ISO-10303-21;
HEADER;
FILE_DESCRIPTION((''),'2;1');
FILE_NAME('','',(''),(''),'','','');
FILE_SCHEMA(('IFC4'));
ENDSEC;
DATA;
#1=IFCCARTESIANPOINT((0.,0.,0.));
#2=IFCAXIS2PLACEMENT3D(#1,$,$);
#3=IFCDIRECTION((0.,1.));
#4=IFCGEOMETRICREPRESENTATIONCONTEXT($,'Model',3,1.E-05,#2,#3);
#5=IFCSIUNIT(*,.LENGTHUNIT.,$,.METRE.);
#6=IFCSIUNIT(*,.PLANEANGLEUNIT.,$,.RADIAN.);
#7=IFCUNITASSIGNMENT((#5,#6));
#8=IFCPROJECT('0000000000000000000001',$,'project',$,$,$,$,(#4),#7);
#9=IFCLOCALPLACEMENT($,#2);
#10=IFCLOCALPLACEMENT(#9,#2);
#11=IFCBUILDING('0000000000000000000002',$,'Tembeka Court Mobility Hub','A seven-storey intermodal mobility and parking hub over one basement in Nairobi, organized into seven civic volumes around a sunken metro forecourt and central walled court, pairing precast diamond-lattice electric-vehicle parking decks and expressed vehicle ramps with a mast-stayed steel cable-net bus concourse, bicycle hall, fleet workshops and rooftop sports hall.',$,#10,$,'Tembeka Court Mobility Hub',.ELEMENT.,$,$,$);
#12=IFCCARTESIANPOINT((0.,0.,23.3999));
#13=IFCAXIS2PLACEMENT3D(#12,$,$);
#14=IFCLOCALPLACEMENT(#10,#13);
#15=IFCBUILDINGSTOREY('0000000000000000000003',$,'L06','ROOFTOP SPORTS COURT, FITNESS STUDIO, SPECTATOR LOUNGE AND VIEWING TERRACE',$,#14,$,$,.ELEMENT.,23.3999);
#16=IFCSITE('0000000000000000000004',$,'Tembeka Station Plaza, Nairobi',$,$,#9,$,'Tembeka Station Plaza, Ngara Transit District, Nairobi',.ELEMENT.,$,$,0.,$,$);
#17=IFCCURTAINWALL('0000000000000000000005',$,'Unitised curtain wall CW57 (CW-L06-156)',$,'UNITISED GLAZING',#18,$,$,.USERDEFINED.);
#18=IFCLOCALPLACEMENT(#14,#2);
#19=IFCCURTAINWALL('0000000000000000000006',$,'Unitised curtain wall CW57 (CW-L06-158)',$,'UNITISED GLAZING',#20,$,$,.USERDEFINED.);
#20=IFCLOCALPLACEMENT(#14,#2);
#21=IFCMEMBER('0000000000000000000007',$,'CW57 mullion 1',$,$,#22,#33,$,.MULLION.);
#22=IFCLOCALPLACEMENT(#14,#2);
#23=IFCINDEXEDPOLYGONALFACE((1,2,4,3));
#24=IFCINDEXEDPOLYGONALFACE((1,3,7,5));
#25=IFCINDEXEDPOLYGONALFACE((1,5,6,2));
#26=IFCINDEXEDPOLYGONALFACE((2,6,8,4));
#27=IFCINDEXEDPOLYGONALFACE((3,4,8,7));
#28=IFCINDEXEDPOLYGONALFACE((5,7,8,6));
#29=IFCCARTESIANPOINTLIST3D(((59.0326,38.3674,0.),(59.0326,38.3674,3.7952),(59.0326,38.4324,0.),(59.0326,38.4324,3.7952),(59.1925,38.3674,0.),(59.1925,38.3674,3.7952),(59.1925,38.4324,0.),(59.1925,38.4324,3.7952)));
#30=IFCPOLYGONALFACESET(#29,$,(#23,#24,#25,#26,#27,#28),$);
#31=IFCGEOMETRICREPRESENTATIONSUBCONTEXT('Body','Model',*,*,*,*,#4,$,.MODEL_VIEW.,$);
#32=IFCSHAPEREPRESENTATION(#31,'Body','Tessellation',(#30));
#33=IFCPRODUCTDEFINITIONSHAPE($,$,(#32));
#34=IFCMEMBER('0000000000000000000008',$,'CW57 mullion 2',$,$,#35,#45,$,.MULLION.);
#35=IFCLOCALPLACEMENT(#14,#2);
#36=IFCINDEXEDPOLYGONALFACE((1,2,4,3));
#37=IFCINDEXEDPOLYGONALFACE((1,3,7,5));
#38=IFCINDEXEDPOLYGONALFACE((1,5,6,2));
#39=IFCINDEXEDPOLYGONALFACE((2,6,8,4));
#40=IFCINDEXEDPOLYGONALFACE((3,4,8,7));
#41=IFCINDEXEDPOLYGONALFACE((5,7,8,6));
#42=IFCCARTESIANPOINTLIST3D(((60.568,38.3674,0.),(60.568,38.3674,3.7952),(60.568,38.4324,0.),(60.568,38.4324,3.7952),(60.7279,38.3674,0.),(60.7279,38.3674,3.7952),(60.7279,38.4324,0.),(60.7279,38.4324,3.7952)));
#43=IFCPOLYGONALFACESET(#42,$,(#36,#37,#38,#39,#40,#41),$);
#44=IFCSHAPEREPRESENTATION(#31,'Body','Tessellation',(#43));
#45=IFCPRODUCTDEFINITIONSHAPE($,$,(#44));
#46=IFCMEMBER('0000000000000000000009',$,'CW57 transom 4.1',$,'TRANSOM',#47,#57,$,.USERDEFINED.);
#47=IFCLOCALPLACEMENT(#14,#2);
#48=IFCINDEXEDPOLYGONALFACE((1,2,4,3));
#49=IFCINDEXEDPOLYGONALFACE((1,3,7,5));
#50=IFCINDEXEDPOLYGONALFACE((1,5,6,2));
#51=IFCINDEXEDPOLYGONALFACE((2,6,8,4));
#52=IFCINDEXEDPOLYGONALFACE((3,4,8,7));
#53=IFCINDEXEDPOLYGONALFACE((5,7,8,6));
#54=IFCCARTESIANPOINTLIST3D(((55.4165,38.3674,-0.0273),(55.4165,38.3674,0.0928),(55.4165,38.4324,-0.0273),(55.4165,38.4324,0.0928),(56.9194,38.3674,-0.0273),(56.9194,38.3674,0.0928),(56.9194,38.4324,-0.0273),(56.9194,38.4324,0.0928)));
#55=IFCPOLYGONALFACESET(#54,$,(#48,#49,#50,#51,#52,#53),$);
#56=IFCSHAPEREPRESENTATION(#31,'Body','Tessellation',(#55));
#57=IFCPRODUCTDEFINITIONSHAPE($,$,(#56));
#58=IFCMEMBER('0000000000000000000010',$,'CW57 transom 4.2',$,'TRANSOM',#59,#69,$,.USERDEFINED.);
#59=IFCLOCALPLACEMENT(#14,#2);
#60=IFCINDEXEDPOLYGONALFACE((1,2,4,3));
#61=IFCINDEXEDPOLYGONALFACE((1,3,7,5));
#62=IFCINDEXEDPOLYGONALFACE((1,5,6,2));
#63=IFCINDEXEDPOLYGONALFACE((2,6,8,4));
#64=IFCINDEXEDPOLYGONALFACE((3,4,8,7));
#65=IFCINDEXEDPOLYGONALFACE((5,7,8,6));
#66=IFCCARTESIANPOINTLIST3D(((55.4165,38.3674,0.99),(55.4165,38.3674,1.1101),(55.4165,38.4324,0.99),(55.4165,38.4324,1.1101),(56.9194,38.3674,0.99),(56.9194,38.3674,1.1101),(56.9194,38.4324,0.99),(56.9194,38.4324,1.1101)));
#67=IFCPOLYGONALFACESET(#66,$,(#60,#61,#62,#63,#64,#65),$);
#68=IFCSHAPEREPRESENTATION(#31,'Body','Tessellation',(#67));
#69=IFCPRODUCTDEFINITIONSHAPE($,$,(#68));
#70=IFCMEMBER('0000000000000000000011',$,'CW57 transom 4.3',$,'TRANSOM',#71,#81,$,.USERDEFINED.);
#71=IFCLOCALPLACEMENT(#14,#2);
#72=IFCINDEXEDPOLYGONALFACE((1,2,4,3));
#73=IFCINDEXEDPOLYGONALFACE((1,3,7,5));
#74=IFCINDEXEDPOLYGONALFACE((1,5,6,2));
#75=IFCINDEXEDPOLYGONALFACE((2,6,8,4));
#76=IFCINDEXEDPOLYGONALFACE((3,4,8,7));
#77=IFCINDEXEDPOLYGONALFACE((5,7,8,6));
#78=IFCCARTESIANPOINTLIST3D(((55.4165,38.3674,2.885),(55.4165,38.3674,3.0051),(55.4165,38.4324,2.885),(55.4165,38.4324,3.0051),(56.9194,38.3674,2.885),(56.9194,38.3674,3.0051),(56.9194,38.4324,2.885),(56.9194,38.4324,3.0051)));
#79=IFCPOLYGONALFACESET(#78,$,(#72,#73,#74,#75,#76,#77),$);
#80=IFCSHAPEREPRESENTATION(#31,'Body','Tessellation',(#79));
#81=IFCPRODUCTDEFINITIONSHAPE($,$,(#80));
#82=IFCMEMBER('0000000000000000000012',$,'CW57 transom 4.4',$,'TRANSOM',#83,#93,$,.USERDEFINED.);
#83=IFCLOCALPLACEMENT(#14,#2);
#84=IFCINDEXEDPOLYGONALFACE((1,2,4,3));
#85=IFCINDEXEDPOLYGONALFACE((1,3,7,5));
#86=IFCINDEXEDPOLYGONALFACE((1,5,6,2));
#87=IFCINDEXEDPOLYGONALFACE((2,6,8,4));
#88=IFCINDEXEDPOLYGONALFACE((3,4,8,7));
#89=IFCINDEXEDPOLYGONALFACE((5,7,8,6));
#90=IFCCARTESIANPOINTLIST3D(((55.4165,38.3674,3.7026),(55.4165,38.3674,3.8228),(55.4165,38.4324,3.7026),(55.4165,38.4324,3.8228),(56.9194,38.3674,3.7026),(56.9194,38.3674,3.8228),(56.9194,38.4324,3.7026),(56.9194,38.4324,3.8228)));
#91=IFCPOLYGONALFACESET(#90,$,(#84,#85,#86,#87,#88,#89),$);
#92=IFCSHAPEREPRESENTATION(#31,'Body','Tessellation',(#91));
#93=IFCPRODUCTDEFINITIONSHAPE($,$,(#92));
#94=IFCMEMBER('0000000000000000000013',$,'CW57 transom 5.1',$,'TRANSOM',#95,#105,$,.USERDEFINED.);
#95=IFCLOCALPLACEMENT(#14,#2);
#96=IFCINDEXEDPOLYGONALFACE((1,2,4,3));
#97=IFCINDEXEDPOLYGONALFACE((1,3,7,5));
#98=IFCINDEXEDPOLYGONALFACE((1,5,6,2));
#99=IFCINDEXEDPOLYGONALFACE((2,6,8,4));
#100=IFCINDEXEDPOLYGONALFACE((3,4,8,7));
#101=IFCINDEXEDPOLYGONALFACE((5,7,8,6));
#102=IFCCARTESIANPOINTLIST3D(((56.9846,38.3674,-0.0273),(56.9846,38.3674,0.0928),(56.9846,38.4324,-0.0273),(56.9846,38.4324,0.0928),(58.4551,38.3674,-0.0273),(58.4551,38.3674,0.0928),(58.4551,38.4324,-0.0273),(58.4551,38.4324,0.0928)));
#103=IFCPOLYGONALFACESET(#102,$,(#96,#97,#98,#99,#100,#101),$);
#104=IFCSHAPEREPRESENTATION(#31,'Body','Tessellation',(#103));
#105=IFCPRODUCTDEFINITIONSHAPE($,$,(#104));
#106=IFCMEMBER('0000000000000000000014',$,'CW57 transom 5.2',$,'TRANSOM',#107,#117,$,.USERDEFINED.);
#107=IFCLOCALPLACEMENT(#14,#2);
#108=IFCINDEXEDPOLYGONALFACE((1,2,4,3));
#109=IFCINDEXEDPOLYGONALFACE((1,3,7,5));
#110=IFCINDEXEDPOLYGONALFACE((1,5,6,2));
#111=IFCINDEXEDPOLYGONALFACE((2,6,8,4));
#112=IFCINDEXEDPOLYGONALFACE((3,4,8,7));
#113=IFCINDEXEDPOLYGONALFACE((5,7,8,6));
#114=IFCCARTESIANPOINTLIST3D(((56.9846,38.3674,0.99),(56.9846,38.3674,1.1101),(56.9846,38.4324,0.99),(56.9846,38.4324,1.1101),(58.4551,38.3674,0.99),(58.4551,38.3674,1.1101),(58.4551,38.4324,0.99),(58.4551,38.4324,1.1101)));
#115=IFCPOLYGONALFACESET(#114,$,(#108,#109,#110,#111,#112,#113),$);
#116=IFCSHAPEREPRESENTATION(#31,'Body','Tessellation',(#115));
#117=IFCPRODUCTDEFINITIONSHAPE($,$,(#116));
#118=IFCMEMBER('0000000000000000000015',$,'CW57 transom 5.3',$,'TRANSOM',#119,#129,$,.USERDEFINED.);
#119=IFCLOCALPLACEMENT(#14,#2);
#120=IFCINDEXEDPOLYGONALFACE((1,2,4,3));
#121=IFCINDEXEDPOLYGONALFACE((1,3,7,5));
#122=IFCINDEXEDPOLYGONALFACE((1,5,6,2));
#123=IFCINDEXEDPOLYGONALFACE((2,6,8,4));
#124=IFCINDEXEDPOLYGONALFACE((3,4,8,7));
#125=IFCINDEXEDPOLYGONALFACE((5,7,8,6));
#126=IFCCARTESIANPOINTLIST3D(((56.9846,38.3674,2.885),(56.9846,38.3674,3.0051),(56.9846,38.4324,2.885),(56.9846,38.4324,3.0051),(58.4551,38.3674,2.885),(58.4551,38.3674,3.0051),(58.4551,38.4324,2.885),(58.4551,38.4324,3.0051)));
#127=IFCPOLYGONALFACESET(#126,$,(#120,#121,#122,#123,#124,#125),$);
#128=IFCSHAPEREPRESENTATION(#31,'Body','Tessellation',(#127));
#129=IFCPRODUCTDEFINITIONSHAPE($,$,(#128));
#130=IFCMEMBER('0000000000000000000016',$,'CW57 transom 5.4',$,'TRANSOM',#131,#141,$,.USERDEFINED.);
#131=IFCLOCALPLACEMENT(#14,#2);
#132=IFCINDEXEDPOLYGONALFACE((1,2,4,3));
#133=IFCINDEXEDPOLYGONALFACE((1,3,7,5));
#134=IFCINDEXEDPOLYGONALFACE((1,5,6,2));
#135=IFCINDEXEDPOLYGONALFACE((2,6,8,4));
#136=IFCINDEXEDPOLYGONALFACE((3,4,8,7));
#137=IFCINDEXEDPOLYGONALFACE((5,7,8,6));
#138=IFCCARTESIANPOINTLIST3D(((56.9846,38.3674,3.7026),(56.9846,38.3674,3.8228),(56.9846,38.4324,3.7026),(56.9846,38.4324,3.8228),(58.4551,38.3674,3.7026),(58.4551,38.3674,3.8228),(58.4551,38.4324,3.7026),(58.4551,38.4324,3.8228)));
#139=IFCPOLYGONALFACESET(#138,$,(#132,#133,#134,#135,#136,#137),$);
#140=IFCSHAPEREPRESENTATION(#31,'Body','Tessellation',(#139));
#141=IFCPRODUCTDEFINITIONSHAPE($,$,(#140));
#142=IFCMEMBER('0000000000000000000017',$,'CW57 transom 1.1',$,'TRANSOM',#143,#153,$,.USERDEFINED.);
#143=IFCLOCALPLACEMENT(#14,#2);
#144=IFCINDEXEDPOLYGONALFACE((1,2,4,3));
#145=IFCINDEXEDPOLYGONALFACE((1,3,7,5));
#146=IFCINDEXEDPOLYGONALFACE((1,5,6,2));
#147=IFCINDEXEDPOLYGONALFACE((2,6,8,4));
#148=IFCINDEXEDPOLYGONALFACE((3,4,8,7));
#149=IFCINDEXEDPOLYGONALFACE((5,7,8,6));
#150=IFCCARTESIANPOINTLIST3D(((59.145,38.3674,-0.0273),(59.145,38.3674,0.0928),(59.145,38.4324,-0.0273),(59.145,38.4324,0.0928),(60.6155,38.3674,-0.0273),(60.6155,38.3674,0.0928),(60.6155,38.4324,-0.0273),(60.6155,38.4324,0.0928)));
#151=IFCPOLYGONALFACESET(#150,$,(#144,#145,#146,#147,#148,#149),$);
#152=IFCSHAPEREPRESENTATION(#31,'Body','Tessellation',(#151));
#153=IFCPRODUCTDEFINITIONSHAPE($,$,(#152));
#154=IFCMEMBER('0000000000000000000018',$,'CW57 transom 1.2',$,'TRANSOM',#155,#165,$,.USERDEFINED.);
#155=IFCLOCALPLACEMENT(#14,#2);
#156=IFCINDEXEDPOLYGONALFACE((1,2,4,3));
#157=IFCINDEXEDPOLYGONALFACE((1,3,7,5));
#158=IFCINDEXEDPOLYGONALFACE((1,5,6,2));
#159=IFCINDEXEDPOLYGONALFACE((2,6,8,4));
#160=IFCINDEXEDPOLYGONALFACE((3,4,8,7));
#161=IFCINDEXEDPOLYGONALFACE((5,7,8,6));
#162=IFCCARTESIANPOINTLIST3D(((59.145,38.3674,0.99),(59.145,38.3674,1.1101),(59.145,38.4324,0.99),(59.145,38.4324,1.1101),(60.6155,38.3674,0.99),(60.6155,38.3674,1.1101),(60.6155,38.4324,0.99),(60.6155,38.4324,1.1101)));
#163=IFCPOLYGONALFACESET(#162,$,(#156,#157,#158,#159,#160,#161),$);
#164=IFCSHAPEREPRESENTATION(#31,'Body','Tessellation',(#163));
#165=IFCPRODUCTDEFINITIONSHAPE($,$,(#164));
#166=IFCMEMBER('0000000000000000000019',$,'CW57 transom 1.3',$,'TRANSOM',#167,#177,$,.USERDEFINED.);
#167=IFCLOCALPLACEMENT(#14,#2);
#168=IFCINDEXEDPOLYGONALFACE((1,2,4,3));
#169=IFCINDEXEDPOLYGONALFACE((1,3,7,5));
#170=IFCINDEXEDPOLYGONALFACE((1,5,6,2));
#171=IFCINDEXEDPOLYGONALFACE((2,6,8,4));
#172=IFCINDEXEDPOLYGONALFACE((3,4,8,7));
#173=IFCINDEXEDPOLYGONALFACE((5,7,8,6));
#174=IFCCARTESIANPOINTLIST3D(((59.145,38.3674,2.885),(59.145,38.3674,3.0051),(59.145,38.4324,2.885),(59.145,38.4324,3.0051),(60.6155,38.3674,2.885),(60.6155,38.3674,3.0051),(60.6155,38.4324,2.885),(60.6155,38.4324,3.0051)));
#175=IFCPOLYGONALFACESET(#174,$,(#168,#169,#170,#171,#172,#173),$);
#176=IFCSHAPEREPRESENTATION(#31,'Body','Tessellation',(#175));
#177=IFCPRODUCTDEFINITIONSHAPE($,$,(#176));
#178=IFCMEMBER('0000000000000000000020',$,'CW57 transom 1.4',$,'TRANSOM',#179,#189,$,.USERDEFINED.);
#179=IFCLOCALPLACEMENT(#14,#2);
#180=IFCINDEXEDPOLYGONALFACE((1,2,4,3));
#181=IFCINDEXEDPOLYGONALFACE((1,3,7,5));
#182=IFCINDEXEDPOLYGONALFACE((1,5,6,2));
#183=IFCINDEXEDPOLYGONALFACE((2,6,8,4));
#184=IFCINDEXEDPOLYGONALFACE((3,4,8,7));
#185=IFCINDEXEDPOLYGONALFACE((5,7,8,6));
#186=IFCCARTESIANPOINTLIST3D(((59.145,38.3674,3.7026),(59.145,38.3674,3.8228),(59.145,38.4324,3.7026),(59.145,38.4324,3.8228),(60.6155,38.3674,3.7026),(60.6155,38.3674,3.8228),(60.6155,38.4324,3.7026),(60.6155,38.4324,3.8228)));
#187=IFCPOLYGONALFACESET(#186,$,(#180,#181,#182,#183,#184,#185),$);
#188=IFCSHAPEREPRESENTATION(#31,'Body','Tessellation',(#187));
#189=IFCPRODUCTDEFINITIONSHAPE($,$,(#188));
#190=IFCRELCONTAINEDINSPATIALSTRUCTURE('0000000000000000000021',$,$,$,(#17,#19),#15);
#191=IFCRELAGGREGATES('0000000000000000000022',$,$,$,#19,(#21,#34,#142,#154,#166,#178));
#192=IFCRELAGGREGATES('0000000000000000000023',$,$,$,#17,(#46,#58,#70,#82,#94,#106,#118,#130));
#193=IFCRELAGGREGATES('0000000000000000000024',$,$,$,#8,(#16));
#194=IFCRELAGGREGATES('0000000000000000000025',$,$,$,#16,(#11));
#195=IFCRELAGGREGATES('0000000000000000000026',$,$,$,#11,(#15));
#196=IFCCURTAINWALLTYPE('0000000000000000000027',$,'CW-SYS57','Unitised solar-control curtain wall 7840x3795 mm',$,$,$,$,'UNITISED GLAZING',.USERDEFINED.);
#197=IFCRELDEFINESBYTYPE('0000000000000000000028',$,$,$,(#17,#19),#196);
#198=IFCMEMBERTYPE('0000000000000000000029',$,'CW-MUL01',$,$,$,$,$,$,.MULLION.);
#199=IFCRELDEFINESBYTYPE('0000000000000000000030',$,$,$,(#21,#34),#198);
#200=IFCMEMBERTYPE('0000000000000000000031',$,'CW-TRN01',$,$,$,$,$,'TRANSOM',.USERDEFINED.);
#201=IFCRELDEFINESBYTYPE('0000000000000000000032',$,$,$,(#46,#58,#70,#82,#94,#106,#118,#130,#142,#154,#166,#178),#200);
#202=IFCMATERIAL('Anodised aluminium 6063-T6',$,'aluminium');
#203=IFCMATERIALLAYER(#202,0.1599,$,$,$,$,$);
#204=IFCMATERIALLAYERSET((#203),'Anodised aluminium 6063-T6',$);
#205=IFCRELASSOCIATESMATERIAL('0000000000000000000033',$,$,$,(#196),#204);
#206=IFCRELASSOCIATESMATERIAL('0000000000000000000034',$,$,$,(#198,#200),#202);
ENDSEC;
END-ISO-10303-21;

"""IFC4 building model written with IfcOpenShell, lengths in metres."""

from ifc_helpers import new_model, si_unit, direction, frame, origin, origin_2d, place, context, subcontext, project, spatial, rectangle, extrude, material, layer, layer_set, material_profile, profile_set, type_object, element, aggregate, save


model = new_model("IFC4")

# Units and contexts
model_context = context("Model", 3, precision=1e-05, world=origin(), true_north=direction((0.0, 1.0)))
body_context = subcontext(model_context, "Body", "Model", "MODEL_VIEW")
ifc_project = project(units=[si_unit("LENGTHUNIT", "METRE"), si_unit("PLANEANGLEUNIT", "RADIAN")], contexts=[model_context])

# Site, building, storey
site_placement = place(None, origin())
site = spatial("IfcSite", under=ifc_project, at=site_placement, Name="Tembeka Station Plaza, Nairobi", LongName="Tembeka Station Plaza, Ngara Transit District, Nairobi", CompositionType="ELEMENT", RefElevation=0.0)
building_placement = place(site_placement, origin())
building = spatial("IfcBuilding", under=site, at=building_placement, Name="Tembeka Court Mobility Hub", Description="A seven-storey intermodal mobility and parking hub over one basement in Nairobi, organized into seven civic volumes around a sunken metro forecourt and central walled court, pairing precast diamond-lattice electric-vehicle parking decks and expressed vehicle ramps with a mast-stayed steel cable-net bus concourse, bicycle hall, fleet workshops and rooftop sports hall.", LongName="Tembeka Court Mobility Hub", CompositionType="ELEMENT")
storey_placement = place(building_placement, frame((0.0, 0.0, 23.3999)))
storey = spatial("IfcBuildingStorey", under=building, at=storey_placement, Name="L06", Description="ROOFTOP SPORTS COURT, FITNESS STUDIO, SPECTATOR LOUNGE AND VIEWING TERRACE", CompositionType="ELEMENT", Elevation=23.3999)

# Curtain walls, members
ifc_material_1 = material(Name="Anodised aluminium 6063-T6", Category="aluminium")
ifc_layer_1 = layer(ifc_material_1, 0.1599)
ifc_layer_set_1 = layer_set([ifc_layer_1], Name="Anodised aluminium 6063-T6")
curtain_wall_type = type_object("IfcCurtainWallType", Name="CW-SYS57", Description="Unitised solar-control curtain wall 7840x3795 mm", ElementType="UNITISED GLAZING", PredefinedType="USERDEFINED", material=ifc_layer_set_1)
curtain_wall_1_placement = place(storey_placement, origin())
curtain_wall_1 = element("IfcCurtainWall", 1, at=curtain_wall_1_placement, inside=storey, type_object=curtain_wall_type, Name="Unitised curtain wall CW57 (CW-L06-156)", ObjectType="UNITISED GLAZING", PredefinedType="USERDEFINED")
ifc_material_profile_1 = material_profile(ifc_material_1, rectangle(XDim=0.0649, YDim=0.1599, at=origin_2d()), Name="ALU-MUL 65x160")
ifc_profile_set_1 = profile_set([ifc_material_profile_1], Name="Anodised aluminium 6063-T6")
member_type_1 = type_object("IfcMemberType", Name="CW-MUL01", PredefinedType="MULLION", material=ifc_profile_set_1)
curtain_wall_2_placement = place(storey_placement, origin())
curtain_wall_2 = element("IfcCurtainWall", 2, at=curtain_wall_2_placement, inside=storey, type_object=curtain_wall_type, Name="Unitised curtain wall CW57 (CW-L06-158)", ObjectType="UNITISED GLAZING", PredefinedType="USERDEFINED")
member_1_placement = place(storey_placement, frame((59.1125, 38.3999, 0.0), z_axis=(0.0, 0.0, 1.0), x_axis=(0.0, 1.0, 0.0)))
member_1 = element("IfcMember", 3, at=member_1_placement, type_object=member_type_1, Name="CW57 mullion 1", PredefinedType="MULLION", context=body_context, shape_type="SweptSolid", body=[
    extrude(rectangle(XDim=0.0649, YDim=0.1599, at=origin_2d()), origin(), (0.0, 0.0, 1.0), 3.7952),
])
member_2_placement = place(storey_placement, frame((60.6479, 38.3999, 0.0), z_axis=(0.0, 0.0, 1.0), x_axis=(0.0, 1.0, 0.0)))
member_2 = element("IfcMember", 4, at=member_2_placement, type_object=member_type_1, Name="CW57 mullion 2", PredefinedType="MULLION", context=body_context, shape_type="SweptSolid", body=[
    extrude(rectangle(XDim=0.0649, YDim=0.1599, at=origin_2d()), origin(), (0.0, 0.0, 1.0), 3.7952),
])

# Members
ifc_material_profile_2 = material_profile(ifc_material_1, rectangle(XDim=0.0649, YDim=0.1201, at=origin_2d()), Name="ALU-TRN 65x120")
ifc_profile_set_2 = profile_set([ifc_material_profile_2], Name="Anodised aluminium 6063-T6")
member_type_2 = type_object("IfcMemberType", Name="CW-TRN01", ElementType="TRANSOM", PredefinedType="USERDEFINED", material=ifc_profile_set_2)
member_3_placement = place(storey_placement, frame((55.4165, 38.3999, 0.0327), z_axis=(1.0, 0.0, 0.0), x_axis=(0.0, 1.0, 0.0)))
member_3 = element("IfcMember", 5, at=member_3_placement, type_object=member_type_2, Name="CW57 transom 4.1", ObjectType="TRANSOM", PredefinedType="USERDEFINED", context=body_context, shape_type="SweptSolid", body=[
    extrude(rectangle(XDim=0.0649, YDim=0.1201, at=origin_2d()), origin(), (0.0, 0.0, 1.0), 1.5029),
])
member_4_placement = place(storey_placement, frame((55.4165, 38.3999, 1.05), z_axis=(1.0, 0.0, 0.0), x_axis=(0.0, 1.0, 0.0)))
member_4 = element("IfcMember", 6, at=member_4_placement, type_object=member_type_2, Name="CW57 transom 4.2", ObjectType="TRANSOM", PredefinedType="USERDEFINED", context=body_context, shape_type="SweptSolid", body=[
    extrude(rectangle(XDim=0.0649, YDim=0.1201, at=origin_2d()), origin(), (0.0, 0.0, 1.0), 1.5029),
])
member_5_placement = place(storey_placement, frame((55.4165, 38.3999, 2.9451), z_axis=(1.0, 0.0, 0.0), x_axis=(0.0, 1.0, 0.0)))
member_5 = element("IfcMember", 7, at=member_5_placement, type_object=member_type_2, Name="CW57 transom 4.3", ObjectType="TRANSOM", PredefinedType="USERDEFINED", context=body_context, shape_type="SweptSolid", body=[
    extrude(rectangle(XDim=0.0649, YDim=0.1201, at=origin_2d()), origin(), (0.0, 0.0, 1.0), 1.5029),
])
member_6_placement = place(storey_placement, frame((55.4165, 38.3999, 3.7627), z_axis=(1.0, 0.0, 0.0), x_axis=(0.0, 1.0, 0.0)))
member_6 = element("IfcMember", 8, at=member_6_placement, type_object=member_type_2, Name="CW57 transom 4.4", ObjectType="TRANSOM", PredefinedType="USERDEFINED", context=body_context, shape_type="SweptSolid", body=[
    extrude(rectangle(XDim=0.0649, YDim=0.1201, at=origin_2d()), origin(), (0.0, 0.0, 1.0), 1.5029),
])
member_7_placement = place(storey_placement, frame((56.9846, 38.3999, 0.0327), z_axis=(1.0, 0.0, 0.0), x_axis=(0.0, 1.0, 0.0)))
member_7 = element("IfcMember", 9, at=member_7_placement, type_object=member_type_2, Name="CW57 transom 5.1", ObjectType="TRANSOM", PredefinedType="USERDEFINED", context=body_context, shape_type="SweptSolid", body=[
    extrude(rectangle(XDim=0.0649, YDim=0.1201, at=origin_2d()), origin(), (0.0, 0.0, 1.0), 1.4705),
])
member_8_placement = place(storey_placement, frame((56.9846, 38.3999, 1.05), z_axis=(1.0, 0.0, 0.0), x_axis=(0.0, 1.0, 0.0)))
member_8 = element("IfcMember", 10, at=member_8_placement, type_object=member_type_2, Name="CW57 transom 5.2", ObjectType="TRANSOM", PredefinedType="USERDEFINED", context=body_context, shape_type="SweptSolid", body=[
    extrude(rectangle(XDim=0.0649, YDim=0.1201, at=origin_2d()), origin(), (0.0, 0.0, 1.0), 1.4705),
])
member_9_placement = place(storey_placement, frame((56.9846, 38.3999, 2.9451), z_axis=(1.0, 0.0, 0.0), x_axis=(0.0, 1.0, 0.0)))
member_9 = element("IfcMember", 11, at=member_9_placement, type_object=member_type_2, Name="CW57 transom 5.3", ObjectType="TRANSOM", PredefinedType="USERDEFINED", context=body_context, shape_type="SweptSolid", body=[
    extrude(rectangle(XDim=0.0649, YDim=0.1201, at=origin_2d()), origin(), (0.0, 0.0, 1.0), 1.4705),
])
member_10_placement = place(storey_placement, frame((56.9846, 38.3999, 3.7627), z_axis=(1.0, 0.0, 0.0), x_axis=(0.0, 1.0, 0.0)))
member_10 = element("IfcMember", 12, at=member_10_placement, type_object=member_type_2, Name="CW57 transom 5.4", ObjectType="TRANSOM", PredefinedType="USERDEFINED", context=body_context, shape_type="SweptSolid", body=[
    extrude(rectangle(XDim=0.0649, YDim=0.1201, at=origin_2d()), origin(), (0.0, 0.0, 1.0), 1.4705),
])
member_11_placement = place(storey_placement, frame((59.145, 38.3999, 0.0327), z_axis=(1.0, 0.0, 0.0), x_axis=(0.0, 1.0, 0.0)))
member_11 = element("IfcMember", 13, at=member_11_placement, type_object=member_type_2, Name="CW57 transom 1.1", ObjectType="TRANSOM", PredefinedType="USERDEFINED", context=body_context, shape_type="SweptSolid", body=[
    extrude(rectangle(XDim=0.0649, YDim=0.1201, at=origin_2d()), origin(), (0.0, 0.0, 1.0), 1.4705),
])
member_12_placement = place(storey_placement, frame((59.145, 38.3999, 1.05), z_axis=(1.0, 0.0, 0.0), x_axis=(0.0, 1.0, 0.0)))
member_12 = element("IfcMember", 14, at=member_12_placement, type_object=member_type_2, Name="CW57 transom 1.2", ObjectType="TRANSOM", PredefinedType="USERDEFINED", context=body_context, shape_type="SweptSolid", body=[
    extrude(rectangle(XDim=0.0649, YDim=0.1201, at=origin_2d()), origin(), (0.0, 0.0, 1.0), 1.4705),
])
member_13_placement = place(storey_placement, frame((59.145, 38.3999, 2.9451), z_axis=(1.0, 0.0, 0.0), x_axis=(0.0, 1.0, 0.0)))
member_13 = element("IfcMember", 15, at=member_13_placement, type_object=member_type_2, Name="CW57 transom 1.3", ObjectType="TRANSOM", PredefinedType="USERDEFINED", context=body_context, shape_type="SweptSolid", body=[
    extrude(rectangle(XDim=0.0649, YDim=0.1201, at=origin_2d()), origin(), (0.0, 0.0, 1.0), 1.4705),
])
member_14_placement = place(storey_placement, frame((59.145, 38.3999, 3.7627), z_axis=(1.0, 0.0, 0.0), x_axis=(0.0, 1.0, 0.0)))
member_14 = element("IfcMember", 16, at=member_14_placement, type_object=member_type_2, Name="CW57 transom 1.4", ObjectType="TRANSOM", PredefinedType="USERDEFINED", context=body_context, shape_type="SweptSolid", body=[
    extrude(rectangle(XDim=0.0649, YDim=0.1201, at=origin_2d()), origin(), (0.0, 0.0, 1.0), 1.4705),
])

aggregate(curtain_wall_2, [member_1, member_2, member_11, member_12, member_13, member_14])
aggregate(curtain_wall_1, [member_3, member_4, member_5, member_6, member_7, member_8, member_9, member_10])

save(model, "model.ifc")
